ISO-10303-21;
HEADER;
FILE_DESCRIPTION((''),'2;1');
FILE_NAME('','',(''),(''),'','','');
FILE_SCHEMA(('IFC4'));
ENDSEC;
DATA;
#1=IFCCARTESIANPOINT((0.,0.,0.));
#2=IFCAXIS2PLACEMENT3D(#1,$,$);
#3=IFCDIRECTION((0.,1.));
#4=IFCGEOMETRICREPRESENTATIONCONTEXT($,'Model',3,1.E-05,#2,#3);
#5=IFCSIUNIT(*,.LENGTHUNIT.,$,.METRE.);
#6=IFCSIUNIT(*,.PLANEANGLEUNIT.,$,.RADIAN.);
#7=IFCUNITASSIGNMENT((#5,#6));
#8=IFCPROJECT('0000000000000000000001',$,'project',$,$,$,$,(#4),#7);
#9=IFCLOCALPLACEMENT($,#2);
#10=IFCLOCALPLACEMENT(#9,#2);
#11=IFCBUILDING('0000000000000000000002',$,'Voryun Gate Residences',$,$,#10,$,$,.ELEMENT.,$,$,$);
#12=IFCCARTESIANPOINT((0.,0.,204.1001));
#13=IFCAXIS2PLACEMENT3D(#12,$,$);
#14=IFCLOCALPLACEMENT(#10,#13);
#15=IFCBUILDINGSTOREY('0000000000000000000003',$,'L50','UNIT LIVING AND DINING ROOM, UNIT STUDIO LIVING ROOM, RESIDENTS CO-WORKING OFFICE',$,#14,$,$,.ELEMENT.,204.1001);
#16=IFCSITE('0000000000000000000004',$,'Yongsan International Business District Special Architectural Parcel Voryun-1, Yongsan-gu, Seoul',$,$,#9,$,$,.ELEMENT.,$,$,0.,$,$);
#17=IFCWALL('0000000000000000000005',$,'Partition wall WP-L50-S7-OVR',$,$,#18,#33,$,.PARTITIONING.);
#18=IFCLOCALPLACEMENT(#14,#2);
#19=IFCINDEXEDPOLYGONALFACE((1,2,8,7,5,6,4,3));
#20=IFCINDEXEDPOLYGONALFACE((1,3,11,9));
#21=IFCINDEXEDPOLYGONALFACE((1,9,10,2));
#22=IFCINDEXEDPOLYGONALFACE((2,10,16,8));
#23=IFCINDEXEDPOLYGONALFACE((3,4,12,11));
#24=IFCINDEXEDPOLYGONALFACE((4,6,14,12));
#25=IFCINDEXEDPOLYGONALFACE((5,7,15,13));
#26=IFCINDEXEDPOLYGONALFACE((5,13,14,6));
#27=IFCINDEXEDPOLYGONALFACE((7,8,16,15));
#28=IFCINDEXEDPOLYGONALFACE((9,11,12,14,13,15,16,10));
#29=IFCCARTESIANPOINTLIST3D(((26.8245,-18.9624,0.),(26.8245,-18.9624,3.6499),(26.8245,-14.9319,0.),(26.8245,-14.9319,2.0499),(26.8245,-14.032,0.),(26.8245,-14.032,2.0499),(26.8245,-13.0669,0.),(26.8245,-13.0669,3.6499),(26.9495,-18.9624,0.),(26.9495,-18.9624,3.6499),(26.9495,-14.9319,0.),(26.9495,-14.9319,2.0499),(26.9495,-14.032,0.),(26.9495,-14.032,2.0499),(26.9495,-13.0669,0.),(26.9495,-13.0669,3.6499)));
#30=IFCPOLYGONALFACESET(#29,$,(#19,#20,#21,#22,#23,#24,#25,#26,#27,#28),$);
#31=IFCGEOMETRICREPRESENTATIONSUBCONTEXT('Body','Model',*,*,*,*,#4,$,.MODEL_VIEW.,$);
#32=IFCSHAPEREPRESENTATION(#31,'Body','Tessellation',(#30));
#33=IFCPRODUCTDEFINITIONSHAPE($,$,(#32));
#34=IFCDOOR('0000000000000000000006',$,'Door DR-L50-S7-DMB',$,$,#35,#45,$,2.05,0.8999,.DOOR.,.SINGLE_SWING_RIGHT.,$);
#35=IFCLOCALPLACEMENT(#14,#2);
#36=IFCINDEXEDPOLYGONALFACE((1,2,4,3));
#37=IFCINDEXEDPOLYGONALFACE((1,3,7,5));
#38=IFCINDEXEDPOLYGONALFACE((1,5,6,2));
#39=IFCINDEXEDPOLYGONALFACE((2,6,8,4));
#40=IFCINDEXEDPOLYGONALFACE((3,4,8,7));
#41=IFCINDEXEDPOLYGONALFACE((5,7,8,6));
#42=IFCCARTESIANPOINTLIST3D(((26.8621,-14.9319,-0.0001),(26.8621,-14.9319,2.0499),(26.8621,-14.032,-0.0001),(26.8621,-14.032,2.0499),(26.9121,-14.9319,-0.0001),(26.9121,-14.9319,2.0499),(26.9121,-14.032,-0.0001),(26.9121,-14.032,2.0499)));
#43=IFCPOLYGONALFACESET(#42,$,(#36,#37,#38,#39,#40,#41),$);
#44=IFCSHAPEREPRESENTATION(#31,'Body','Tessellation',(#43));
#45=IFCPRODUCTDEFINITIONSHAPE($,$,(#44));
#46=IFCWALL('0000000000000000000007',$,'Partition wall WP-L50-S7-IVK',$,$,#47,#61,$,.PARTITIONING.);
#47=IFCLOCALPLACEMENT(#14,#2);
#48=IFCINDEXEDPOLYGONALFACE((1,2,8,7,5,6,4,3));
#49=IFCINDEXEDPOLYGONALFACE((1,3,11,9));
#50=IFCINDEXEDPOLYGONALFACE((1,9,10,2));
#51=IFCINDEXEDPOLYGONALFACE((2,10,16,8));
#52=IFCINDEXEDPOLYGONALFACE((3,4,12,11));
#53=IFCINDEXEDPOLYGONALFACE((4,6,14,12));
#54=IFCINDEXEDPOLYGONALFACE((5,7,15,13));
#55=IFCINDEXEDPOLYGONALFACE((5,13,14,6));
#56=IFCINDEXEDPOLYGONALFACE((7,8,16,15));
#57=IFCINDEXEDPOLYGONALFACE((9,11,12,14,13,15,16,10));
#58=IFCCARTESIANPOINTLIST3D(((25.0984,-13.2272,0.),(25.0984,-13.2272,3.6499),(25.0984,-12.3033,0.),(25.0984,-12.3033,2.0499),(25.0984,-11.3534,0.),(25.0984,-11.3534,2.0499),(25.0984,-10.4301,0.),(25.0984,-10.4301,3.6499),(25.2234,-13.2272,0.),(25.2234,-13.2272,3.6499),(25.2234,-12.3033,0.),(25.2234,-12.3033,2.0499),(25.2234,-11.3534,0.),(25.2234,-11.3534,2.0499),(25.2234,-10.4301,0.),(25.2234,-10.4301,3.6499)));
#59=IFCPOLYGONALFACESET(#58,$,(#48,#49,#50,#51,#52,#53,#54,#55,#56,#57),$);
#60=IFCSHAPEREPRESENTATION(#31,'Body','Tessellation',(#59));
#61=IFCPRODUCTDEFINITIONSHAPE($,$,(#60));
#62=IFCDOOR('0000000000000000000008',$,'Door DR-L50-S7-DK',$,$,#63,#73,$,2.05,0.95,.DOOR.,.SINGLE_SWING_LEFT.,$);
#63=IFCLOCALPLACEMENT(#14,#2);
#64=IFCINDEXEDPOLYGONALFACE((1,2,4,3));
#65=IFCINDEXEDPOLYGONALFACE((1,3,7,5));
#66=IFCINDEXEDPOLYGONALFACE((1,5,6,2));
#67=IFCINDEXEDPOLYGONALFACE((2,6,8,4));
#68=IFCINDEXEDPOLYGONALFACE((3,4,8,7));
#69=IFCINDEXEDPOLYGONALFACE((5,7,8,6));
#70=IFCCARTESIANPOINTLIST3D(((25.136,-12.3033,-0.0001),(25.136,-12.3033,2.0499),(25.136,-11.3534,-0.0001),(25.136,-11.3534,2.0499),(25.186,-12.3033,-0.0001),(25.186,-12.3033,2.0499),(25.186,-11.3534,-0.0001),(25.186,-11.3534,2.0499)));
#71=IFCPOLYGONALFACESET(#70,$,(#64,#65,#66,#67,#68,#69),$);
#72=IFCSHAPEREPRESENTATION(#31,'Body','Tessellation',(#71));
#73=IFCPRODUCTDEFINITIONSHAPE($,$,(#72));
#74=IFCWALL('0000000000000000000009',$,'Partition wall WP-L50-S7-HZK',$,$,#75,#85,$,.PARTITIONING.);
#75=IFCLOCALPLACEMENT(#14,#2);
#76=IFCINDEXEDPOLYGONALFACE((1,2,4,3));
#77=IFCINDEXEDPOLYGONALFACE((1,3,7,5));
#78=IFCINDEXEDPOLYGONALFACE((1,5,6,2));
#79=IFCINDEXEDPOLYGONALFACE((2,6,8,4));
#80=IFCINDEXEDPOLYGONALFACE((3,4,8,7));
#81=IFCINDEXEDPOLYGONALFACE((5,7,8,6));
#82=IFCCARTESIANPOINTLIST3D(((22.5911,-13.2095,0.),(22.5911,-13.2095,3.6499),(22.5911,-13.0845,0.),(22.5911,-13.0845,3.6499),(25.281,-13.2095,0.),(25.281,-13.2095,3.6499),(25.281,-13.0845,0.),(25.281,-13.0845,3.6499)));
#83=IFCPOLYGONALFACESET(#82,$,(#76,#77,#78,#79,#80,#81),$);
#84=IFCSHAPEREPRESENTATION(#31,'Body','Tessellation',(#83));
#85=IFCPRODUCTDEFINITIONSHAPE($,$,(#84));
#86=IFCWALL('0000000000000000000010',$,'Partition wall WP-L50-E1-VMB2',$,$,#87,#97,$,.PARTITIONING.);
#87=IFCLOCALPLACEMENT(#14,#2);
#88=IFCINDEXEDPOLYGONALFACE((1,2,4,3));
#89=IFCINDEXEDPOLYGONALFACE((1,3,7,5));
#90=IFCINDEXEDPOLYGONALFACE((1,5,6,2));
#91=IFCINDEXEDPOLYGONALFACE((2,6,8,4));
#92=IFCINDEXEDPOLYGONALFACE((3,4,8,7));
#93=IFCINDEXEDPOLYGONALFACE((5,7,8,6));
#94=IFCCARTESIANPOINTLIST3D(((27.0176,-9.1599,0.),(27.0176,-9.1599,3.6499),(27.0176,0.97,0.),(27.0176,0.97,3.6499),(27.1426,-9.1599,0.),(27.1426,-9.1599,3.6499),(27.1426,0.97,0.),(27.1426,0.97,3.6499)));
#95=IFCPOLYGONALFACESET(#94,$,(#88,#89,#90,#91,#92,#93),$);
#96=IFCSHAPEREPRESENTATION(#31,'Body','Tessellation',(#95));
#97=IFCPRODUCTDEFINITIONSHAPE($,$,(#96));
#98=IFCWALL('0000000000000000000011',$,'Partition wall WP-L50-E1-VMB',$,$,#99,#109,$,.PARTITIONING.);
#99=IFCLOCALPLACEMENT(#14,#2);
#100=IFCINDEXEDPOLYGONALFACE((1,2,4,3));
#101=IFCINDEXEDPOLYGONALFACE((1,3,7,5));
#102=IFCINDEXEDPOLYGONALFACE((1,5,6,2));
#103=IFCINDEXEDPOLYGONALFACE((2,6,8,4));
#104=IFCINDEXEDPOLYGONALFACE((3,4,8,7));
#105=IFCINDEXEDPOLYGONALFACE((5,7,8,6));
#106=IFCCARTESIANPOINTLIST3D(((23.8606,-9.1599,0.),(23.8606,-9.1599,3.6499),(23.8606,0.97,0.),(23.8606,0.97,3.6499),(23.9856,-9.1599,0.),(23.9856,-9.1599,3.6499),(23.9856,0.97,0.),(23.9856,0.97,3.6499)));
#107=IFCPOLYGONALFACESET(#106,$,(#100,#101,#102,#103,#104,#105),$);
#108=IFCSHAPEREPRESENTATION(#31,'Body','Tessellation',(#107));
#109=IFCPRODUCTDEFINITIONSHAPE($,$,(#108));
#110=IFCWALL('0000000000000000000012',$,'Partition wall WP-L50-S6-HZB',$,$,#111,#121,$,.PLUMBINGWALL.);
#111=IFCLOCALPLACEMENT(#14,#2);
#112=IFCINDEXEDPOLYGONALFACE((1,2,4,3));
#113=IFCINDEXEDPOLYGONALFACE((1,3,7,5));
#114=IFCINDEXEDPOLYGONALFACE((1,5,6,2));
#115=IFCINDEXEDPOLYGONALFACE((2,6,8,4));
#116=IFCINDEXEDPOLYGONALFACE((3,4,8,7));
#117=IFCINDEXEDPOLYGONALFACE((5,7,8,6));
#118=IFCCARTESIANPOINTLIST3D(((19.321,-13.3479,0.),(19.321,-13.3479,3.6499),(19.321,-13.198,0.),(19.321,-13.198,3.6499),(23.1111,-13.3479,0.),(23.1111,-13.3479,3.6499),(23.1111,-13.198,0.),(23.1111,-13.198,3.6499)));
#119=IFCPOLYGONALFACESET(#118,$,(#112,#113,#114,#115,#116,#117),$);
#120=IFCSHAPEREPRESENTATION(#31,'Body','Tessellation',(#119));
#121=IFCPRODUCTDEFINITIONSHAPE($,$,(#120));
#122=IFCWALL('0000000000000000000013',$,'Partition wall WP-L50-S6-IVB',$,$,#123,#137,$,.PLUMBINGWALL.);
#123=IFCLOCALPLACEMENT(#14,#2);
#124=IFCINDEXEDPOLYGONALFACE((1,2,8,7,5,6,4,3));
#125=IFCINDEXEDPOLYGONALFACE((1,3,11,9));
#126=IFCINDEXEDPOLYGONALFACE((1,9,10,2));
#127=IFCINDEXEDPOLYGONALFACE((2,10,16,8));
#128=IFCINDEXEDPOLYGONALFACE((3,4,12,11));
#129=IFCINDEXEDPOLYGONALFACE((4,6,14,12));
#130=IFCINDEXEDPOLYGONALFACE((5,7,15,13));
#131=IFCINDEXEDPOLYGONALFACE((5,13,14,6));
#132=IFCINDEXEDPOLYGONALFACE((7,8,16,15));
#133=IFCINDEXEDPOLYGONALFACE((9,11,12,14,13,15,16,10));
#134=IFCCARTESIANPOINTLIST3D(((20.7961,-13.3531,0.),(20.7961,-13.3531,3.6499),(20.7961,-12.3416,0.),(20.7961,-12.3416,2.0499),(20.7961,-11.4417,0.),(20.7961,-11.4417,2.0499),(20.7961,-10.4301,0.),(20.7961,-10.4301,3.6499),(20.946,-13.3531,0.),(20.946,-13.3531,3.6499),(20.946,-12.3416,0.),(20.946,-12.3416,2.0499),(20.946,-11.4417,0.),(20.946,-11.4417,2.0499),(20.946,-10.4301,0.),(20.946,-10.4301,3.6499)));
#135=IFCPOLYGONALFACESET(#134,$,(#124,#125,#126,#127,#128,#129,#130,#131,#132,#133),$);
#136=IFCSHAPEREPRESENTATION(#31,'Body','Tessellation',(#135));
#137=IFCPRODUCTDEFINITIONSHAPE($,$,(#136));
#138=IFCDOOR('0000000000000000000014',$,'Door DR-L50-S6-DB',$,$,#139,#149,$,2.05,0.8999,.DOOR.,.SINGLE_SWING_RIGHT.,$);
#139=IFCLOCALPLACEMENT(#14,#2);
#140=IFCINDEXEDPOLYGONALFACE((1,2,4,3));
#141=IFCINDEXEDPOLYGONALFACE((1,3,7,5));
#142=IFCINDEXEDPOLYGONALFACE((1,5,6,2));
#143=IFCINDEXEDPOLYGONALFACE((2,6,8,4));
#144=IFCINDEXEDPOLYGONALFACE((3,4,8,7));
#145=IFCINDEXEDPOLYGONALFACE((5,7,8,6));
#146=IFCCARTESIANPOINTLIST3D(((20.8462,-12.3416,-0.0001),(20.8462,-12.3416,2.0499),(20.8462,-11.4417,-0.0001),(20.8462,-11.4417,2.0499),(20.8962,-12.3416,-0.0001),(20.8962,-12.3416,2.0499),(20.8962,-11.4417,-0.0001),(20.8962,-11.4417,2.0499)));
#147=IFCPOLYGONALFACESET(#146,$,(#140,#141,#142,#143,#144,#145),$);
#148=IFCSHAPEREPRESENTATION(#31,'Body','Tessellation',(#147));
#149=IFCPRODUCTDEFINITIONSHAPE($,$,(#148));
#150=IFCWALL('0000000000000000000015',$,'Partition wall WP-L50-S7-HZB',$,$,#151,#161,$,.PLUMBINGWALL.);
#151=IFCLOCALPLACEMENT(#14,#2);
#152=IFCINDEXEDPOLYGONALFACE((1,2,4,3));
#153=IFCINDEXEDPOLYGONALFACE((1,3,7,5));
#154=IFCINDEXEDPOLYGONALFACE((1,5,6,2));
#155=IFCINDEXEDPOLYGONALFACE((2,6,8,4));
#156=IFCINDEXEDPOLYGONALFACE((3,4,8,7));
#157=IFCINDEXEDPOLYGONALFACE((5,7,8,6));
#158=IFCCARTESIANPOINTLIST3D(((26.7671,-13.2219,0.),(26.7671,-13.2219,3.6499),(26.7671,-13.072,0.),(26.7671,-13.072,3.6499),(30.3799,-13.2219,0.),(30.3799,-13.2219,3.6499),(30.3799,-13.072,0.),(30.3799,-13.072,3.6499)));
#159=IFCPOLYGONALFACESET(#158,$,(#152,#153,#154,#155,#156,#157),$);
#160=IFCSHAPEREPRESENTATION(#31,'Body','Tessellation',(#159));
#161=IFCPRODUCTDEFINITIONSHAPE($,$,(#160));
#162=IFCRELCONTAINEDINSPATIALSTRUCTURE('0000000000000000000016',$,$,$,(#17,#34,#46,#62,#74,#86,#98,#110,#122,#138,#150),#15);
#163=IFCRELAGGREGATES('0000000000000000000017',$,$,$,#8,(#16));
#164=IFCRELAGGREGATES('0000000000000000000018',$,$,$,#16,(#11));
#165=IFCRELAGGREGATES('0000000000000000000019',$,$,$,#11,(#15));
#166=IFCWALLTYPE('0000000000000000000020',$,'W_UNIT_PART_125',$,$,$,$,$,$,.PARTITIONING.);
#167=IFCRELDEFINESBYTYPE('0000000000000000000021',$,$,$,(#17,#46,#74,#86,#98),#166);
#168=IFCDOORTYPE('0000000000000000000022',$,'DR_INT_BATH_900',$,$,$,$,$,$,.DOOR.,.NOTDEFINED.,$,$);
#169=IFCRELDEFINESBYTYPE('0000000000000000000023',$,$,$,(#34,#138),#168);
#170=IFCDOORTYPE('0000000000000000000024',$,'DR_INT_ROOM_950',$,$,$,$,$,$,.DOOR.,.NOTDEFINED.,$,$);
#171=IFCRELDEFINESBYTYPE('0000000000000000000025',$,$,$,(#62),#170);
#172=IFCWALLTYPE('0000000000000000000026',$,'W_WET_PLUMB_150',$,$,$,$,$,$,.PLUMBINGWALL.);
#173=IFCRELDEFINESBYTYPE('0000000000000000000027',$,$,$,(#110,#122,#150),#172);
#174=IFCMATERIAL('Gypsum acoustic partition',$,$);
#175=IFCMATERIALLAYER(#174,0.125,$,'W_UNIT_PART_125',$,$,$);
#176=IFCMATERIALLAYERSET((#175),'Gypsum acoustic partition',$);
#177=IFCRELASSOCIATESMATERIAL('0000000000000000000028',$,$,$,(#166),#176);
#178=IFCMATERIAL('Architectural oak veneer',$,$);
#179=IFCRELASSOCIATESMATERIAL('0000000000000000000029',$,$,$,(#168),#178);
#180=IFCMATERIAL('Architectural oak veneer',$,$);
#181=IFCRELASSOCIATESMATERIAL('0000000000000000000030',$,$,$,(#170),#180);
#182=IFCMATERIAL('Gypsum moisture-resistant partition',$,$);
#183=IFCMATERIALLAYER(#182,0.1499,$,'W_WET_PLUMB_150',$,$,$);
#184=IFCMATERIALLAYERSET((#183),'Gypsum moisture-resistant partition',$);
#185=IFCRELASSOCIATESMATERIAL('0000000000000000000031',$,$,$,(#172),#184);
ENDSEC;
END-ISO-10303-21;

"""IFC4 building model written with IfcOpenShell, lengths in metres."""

from ifc_helpers import new_model, si_unit, direction, frame, frame_2d, origin, place, context, subcontext, project, spatial, rectangle, extrude, material, layer, layer_set, type_object, element, fill, save


model = new_model("IFC4")

# Units and contexts
model_context = context("Model", 3, precision=1e-05, world=origin(), true_north=direction((0.0, 1.0)))
body_context = subcontext(model_context, "Body", "Model", "MODEL_VIEW")
ifc_project = project(units=[si_unit("LENGTHUNIT", "METRE"), si_unit("PLANEANGLEUNIT", "RADIAN")], contexts=[model_context])

# Site, building, storey
site_placement = place(None, origin())
site = spatial("IfcSite", under=ifc_project, at=site_placement, Name="Yongsan International Business District Special Architectural Parcel Voryun-1, Yongsan-gu, Seoul", CompositionType="ELEMENT", RefElevation=0.0)
building_placement = place(site_placement, origin())
building = spatial("IfcBuilding", under=site, at=building_placement, Name="Voryun Gate Residences", CompositionType="ELEMENT")
storey_placement = place(building_placement, frame((0.0, 0.0, 204.1001)))
storey = spatial("IfcBuildingStorey", under=building, at=storey_placement, Name="L50", Description="UNIT LIVING AND DINING ROOM, UNIT STUDIO LIVING ROOM, RESIDENTS CO-WORKING OFFICE", CompositionType="ELEMENT", Elevation=204.1001)

# Walls, openings, doors
ifc_material_1 = material(Name="Gypsum acoustic partition")
ifc_layer_1 = layer(ifc_material_1, 0.125, Name="W_UNIT_PART_125")
ifc_layer_set_1 = layer_set([ifc_layer_1], Name="Gypsum acoustic partition")
wall_type_1 = type_object("IfcWallType", Name="W_UNIT_PART_125", PredefinedType="PARTITIONING", material=ifc_layer_set_1)
ifc_material_2 = material(Name="Architectural oak veneer")
door_type_1 = type_object("IfcDoorType", Name="DR_INT_BATH_900", OperationType="NOTDEFINED", PredefinedType="DOOR", material=ifc_material_2)
wall_1_placement = place(storey_placement, frame((26.887, -18.9624, 0.0), z_axis=(0.0, 0.0, 1.0), x_axis=(0.0, 1.0, 0.0)))
wall_1 = element("IfcWall", 1, at=wall_1_placement, inside=storey, type_object=wall_type_1, Name="Partition wall WP-L50-S7-OVR", PredefinedType="PARTITIONING", context=body_context, shape_type="SweptSolid", body=[
    extrude(rectangle(XDim=5.8955, YDim=0.125, at=frame_2d((2.9478, 0.0))), origin(), (0.0, 0.0, 1.0), 3.6499),
])
opening_1_placement = place(wall_1_placement, frame((4.0305, 0.0, 0.0)))
opening_1 = element("IfcOpeningElement", 2, at=opening_1_placement, cuts=wall_1, PredefinedType="OPENING", context=body_context, shape_type="SweptSolid", body=[
    extrude(rectangle(XDim=0.8999, YDim=2.05, at=frame_2d((0.45, 1.0249))), frame((0.0, 0.0725, 0.0), z_axis=(0.0, -1.0, 0.0), x_axis=(1.0, 0.0, 0.0)), (0.0, 0.0, 1.0), 0.145),
])
door_1_placement = place(opening_1_placement, origin())
door_1 = element("IfcDoor", 3, at=door_1_placement, inside=storey, type_object=door_type_1, Name="Door DR-L50-S7-DMB", OperationType="SINGLE_SWING_RIGHT", OverallHeight=2.05, OverallWidth=0.8999, PredefinedType="DOOR", context=body_context, shape_type="SweptSolid", body=[
    extrude(rectangle(XDim=0.8999, YDim=2.05, at=frame_2d((0.45, 1.0249))), frame((0.0, 0.0249, 0.0), z_axis=(0.0, -1.0, 0.0), x_axis=(1.0, 0.0, 0.0)), (0.0, 0.0, 1.0), 0.05),
])
fill(opening_1, door_1)
wall_2_placement = place(storey_placement, frame((25.1609, -13.2271, 0.0), z_axis=(0.0, 0.0, 1.0), x_axis=(0.0, 1.0, 0.0)))
wall_2 = element("IfcWall", 4, at=wall_2_placement, inside=storey, type_object=wall_type_1, Name="Partition wall WP-L50-S7-IVK", PredefinedType="PARTITIONING", context=body_context, shape_type="SweptSolid", body=[
    extrude(rectangle(XDim=2.7971, YDim=0.125, at=frame_2d((1.3984, 0.0))), origin(), (0.0, 0.0, 1.0), 3.6499),
])
opening_2_placement = place(wall_2_placement, frame((0.9236, 0.0, 0.0)))
opening_2 = element("IfcOpeningElement", 5, at=opening_2_placement, cuts=wall_2, PredefinedType="OPENING", context=body_context, shape_type="SweptSolid", body=[
    extrude(rectangle(XDim=0.95, YDim=2.05, at=frame_2d((0.4751, 1.0249))), frame((0.0, 0.0725, 0.0), z_axis=(0.0, -1.0, 0.0), x_axis=(1.0, 0.0, 0.0)), (0.0, 0.0, 1.0), 0.145),
])
ifc_material_3 = material(Name="Architectural oak veneer")
door_type_2 = type_object("IfcDoorType", Name="DR_INT_ROOM_950", OperationType="NOTDEFINED", PredefinedType="DOOR", material=ifc_material_3)
door_2_placement = place(opening_2_placement, origin())
door_2 = element("IfcDoor", 6, at=door_2_placement, inside=storey, type_object=door_type_2, Name="Door DR-L50-S7-DK", OperationType="SINGLE_SWING_LEFT", OverallHeight=2.05, OverallWidth=0.95, PredefinedType="DOOR", context=body_context, shape_type="SweptSolid", body=[
    extrude(rectangle(XDim=0.95, YDim=2.05, at=frame_2d((0.4751, 1.0249))), frame((0.0, 0.0249, 0.0), z_axis=(0.0, -1.0, 0.0), x_axis=(1.0, 0.0, 0.0)), (0.0, 0.0, 1.0), 0.05),
])
fill(opening_2, door_2)

# Walls
wall_3_placement = place(storey_placement, frame((22.5911, -13.147, 0.0), z_axis=(0.0, 0.0, 1.0), x_axis=(1.0, 0.0, 0.0)))
element("IfcWall", 7, at=wall_3_placement, inside=storey, type_object=wall_type_1, Name="Partition wall WP-L50-S7-HZK", PredefinedType="PARTITIONING", context=body_context, shape_type="SweptSolid", body=[
    extrude(rectangle(XDim=2.6899, YDim=0.125, at=frame_2d((1.345, 0.0))), origin(), (0.0, 0.0, 1.0), 3.6499),
])
for number, where, z_axis, x_axis, name in (
    (8, (27.0801, -9.1599, 0.0), (0.0, 0.0, 1.0), (0.0, 1.0, 0.0), "Partition wall WP-L50-E1-VMB2"),
    (9, (23.9231, -9.1599, 0.0), (0.0, 0.0, 1.0), (0.0, 1.0, 0.0), "Partition wall WP-L50-E1-VMB"),
):
    element("IfcWall", number, at=place(storey_placement, frame(where, z_axis=z_axis, x_axis=x_axis)), inside=storey, type_object=wall_type_1, Name=name, PredefinedType="PARTITIONING", context=body_context, shape_type="SweptSolid", body=[
        extrude(rectangle(XDim=10.1299, YDim=0.125, at=frame_2d((5.0649, 0.0))), origin(), (0.0, 0.0, 1.0), 3.6499),
    ])
ifc_material_4 = material(Name="Gypsum moisture-resistant partition")
ifc_layer_2 = layer(ifc_material_4, 0.1499, Name="W_WET_PLUMB_150")
ifc_layer_set_2 = layer_set([ifc_layer_2], Name="Gypsum moisture-resistant partition")
wall_type_2 = type_object("IfcWallType", Name="W_WET_PLUMB_150", PredefinedType="PLUMBINGWALL", material=ifc_layer_set_2)
wall_4_placement = place(storey_placement, frame((19.321, -13.2729, 0.0), z_axis=(0.0, 0.0, 1.0), x_axis=(1.0, 0.0, 0.0)))
element("IfcWall", 10, at=wall_4_placement, inside=storey, type_object=wall_type_2, Name="Partition wall WP-L50-S6-HZB", PredefinedType="PLUMBINGWALL", context=body_context, shape_type="SweptSolid", body=[
    extrude(rectangle(XDim=3.79, YDim=0.1499, at=frame_2d((1.895, 0.0))), origin(), (0.0, 0.0, 1.0), 3.6499),
])

# Wall, opening, door
wall_5_placement = place(storey_placement, frame((20.8711, -13.353, 0.0), z_axis=(0.0, 0.0, 1.0), x_axis=(0.0, 1.0, 0.0)))
wall_5 = element("IfcWall", 11, at=wall_5_placement, inside=storey, type_object=wall_type_2, Name="Partition wall WP-L50-S6-IVB", PredefinedType="PLUMBINGWALL", context=body_context, shape_type="SweptSolid", body=[
    extrude(rectangle(XDim=2.9231, YDim=0.1499, at=frame_2d((1.4614, 0.0))), origin(), (0.0, 0.0, 1.0), 3.6499),
])
opening_3_placement = place(wall_5_placement, frame((1.0115, 0.0, 0.0)))
opening_3 = element("IfcOpeningElement", 12, at=opening_3_placement, cuts=wall_5, PredefinedType="OPENING", context=body_context, shape_type="SweptSolid", body=[
    extrude(rectangle(XDim=0.8999, YDim=2.05, at=frame_2d((0.45, 1.0249))), frame((0.0, 0.085, 0.0), z_axis=(0.0, -1.0, 0.0), x_axis=(1.0, 0.0, 0.0)), (0.0, 0.0, 1.0), 0.1699),
])
door_3_placement = place(opening_3_placement, origin())
door_3 = element("IfcDoor", 13, at=door_3_placement, inside=storey, type_object=door_type_1, Name="Door DR-L50-S6-DB", OperationType="SINGLE_SWING_RIGHT", OverallHeight=2.05, OverallWidth=0.8999, PredefinedType="DOOR", context=body_context, shape_type="SweptSolid", body=[
    extrude(rectangle(XDim=0.8999, YDim=2.05, at=frame_2d((0.45, 1.0249))), frame((0.0, 0.0249, 0.0), z_axis=(0.0, -1.0, 0.0), x_axis=(1.0, 0.0, 0.0)), (0.0, 0.0, 1.0), 0.05),
])
fill(opening_3, door_3)

# Wall
wall_6_placement = place(storey_placement, frame((26.7671, -13.147, 0.0), z_axis=(0.0, 0.0, 1.0), x_axis=(1.0, 0.0, 0.0)))
element("IfcWall", 14, at=wall_6_placement, inside=storey, type_object=wall_type_2, Name="Partition wall WP-L50-S7-HZB", PredefinedType="PLUMBINGWALL", context=body_context, shape_type="SweptSolid", body=[
    extrude(rectangle(XDim=3.6128, YDim=0.1499, at=frame_2d((1.8064, 0.0))), origin(), (0.0, 0.0, 1.0), 3.6499),
])

save(model, "model.ifc")
